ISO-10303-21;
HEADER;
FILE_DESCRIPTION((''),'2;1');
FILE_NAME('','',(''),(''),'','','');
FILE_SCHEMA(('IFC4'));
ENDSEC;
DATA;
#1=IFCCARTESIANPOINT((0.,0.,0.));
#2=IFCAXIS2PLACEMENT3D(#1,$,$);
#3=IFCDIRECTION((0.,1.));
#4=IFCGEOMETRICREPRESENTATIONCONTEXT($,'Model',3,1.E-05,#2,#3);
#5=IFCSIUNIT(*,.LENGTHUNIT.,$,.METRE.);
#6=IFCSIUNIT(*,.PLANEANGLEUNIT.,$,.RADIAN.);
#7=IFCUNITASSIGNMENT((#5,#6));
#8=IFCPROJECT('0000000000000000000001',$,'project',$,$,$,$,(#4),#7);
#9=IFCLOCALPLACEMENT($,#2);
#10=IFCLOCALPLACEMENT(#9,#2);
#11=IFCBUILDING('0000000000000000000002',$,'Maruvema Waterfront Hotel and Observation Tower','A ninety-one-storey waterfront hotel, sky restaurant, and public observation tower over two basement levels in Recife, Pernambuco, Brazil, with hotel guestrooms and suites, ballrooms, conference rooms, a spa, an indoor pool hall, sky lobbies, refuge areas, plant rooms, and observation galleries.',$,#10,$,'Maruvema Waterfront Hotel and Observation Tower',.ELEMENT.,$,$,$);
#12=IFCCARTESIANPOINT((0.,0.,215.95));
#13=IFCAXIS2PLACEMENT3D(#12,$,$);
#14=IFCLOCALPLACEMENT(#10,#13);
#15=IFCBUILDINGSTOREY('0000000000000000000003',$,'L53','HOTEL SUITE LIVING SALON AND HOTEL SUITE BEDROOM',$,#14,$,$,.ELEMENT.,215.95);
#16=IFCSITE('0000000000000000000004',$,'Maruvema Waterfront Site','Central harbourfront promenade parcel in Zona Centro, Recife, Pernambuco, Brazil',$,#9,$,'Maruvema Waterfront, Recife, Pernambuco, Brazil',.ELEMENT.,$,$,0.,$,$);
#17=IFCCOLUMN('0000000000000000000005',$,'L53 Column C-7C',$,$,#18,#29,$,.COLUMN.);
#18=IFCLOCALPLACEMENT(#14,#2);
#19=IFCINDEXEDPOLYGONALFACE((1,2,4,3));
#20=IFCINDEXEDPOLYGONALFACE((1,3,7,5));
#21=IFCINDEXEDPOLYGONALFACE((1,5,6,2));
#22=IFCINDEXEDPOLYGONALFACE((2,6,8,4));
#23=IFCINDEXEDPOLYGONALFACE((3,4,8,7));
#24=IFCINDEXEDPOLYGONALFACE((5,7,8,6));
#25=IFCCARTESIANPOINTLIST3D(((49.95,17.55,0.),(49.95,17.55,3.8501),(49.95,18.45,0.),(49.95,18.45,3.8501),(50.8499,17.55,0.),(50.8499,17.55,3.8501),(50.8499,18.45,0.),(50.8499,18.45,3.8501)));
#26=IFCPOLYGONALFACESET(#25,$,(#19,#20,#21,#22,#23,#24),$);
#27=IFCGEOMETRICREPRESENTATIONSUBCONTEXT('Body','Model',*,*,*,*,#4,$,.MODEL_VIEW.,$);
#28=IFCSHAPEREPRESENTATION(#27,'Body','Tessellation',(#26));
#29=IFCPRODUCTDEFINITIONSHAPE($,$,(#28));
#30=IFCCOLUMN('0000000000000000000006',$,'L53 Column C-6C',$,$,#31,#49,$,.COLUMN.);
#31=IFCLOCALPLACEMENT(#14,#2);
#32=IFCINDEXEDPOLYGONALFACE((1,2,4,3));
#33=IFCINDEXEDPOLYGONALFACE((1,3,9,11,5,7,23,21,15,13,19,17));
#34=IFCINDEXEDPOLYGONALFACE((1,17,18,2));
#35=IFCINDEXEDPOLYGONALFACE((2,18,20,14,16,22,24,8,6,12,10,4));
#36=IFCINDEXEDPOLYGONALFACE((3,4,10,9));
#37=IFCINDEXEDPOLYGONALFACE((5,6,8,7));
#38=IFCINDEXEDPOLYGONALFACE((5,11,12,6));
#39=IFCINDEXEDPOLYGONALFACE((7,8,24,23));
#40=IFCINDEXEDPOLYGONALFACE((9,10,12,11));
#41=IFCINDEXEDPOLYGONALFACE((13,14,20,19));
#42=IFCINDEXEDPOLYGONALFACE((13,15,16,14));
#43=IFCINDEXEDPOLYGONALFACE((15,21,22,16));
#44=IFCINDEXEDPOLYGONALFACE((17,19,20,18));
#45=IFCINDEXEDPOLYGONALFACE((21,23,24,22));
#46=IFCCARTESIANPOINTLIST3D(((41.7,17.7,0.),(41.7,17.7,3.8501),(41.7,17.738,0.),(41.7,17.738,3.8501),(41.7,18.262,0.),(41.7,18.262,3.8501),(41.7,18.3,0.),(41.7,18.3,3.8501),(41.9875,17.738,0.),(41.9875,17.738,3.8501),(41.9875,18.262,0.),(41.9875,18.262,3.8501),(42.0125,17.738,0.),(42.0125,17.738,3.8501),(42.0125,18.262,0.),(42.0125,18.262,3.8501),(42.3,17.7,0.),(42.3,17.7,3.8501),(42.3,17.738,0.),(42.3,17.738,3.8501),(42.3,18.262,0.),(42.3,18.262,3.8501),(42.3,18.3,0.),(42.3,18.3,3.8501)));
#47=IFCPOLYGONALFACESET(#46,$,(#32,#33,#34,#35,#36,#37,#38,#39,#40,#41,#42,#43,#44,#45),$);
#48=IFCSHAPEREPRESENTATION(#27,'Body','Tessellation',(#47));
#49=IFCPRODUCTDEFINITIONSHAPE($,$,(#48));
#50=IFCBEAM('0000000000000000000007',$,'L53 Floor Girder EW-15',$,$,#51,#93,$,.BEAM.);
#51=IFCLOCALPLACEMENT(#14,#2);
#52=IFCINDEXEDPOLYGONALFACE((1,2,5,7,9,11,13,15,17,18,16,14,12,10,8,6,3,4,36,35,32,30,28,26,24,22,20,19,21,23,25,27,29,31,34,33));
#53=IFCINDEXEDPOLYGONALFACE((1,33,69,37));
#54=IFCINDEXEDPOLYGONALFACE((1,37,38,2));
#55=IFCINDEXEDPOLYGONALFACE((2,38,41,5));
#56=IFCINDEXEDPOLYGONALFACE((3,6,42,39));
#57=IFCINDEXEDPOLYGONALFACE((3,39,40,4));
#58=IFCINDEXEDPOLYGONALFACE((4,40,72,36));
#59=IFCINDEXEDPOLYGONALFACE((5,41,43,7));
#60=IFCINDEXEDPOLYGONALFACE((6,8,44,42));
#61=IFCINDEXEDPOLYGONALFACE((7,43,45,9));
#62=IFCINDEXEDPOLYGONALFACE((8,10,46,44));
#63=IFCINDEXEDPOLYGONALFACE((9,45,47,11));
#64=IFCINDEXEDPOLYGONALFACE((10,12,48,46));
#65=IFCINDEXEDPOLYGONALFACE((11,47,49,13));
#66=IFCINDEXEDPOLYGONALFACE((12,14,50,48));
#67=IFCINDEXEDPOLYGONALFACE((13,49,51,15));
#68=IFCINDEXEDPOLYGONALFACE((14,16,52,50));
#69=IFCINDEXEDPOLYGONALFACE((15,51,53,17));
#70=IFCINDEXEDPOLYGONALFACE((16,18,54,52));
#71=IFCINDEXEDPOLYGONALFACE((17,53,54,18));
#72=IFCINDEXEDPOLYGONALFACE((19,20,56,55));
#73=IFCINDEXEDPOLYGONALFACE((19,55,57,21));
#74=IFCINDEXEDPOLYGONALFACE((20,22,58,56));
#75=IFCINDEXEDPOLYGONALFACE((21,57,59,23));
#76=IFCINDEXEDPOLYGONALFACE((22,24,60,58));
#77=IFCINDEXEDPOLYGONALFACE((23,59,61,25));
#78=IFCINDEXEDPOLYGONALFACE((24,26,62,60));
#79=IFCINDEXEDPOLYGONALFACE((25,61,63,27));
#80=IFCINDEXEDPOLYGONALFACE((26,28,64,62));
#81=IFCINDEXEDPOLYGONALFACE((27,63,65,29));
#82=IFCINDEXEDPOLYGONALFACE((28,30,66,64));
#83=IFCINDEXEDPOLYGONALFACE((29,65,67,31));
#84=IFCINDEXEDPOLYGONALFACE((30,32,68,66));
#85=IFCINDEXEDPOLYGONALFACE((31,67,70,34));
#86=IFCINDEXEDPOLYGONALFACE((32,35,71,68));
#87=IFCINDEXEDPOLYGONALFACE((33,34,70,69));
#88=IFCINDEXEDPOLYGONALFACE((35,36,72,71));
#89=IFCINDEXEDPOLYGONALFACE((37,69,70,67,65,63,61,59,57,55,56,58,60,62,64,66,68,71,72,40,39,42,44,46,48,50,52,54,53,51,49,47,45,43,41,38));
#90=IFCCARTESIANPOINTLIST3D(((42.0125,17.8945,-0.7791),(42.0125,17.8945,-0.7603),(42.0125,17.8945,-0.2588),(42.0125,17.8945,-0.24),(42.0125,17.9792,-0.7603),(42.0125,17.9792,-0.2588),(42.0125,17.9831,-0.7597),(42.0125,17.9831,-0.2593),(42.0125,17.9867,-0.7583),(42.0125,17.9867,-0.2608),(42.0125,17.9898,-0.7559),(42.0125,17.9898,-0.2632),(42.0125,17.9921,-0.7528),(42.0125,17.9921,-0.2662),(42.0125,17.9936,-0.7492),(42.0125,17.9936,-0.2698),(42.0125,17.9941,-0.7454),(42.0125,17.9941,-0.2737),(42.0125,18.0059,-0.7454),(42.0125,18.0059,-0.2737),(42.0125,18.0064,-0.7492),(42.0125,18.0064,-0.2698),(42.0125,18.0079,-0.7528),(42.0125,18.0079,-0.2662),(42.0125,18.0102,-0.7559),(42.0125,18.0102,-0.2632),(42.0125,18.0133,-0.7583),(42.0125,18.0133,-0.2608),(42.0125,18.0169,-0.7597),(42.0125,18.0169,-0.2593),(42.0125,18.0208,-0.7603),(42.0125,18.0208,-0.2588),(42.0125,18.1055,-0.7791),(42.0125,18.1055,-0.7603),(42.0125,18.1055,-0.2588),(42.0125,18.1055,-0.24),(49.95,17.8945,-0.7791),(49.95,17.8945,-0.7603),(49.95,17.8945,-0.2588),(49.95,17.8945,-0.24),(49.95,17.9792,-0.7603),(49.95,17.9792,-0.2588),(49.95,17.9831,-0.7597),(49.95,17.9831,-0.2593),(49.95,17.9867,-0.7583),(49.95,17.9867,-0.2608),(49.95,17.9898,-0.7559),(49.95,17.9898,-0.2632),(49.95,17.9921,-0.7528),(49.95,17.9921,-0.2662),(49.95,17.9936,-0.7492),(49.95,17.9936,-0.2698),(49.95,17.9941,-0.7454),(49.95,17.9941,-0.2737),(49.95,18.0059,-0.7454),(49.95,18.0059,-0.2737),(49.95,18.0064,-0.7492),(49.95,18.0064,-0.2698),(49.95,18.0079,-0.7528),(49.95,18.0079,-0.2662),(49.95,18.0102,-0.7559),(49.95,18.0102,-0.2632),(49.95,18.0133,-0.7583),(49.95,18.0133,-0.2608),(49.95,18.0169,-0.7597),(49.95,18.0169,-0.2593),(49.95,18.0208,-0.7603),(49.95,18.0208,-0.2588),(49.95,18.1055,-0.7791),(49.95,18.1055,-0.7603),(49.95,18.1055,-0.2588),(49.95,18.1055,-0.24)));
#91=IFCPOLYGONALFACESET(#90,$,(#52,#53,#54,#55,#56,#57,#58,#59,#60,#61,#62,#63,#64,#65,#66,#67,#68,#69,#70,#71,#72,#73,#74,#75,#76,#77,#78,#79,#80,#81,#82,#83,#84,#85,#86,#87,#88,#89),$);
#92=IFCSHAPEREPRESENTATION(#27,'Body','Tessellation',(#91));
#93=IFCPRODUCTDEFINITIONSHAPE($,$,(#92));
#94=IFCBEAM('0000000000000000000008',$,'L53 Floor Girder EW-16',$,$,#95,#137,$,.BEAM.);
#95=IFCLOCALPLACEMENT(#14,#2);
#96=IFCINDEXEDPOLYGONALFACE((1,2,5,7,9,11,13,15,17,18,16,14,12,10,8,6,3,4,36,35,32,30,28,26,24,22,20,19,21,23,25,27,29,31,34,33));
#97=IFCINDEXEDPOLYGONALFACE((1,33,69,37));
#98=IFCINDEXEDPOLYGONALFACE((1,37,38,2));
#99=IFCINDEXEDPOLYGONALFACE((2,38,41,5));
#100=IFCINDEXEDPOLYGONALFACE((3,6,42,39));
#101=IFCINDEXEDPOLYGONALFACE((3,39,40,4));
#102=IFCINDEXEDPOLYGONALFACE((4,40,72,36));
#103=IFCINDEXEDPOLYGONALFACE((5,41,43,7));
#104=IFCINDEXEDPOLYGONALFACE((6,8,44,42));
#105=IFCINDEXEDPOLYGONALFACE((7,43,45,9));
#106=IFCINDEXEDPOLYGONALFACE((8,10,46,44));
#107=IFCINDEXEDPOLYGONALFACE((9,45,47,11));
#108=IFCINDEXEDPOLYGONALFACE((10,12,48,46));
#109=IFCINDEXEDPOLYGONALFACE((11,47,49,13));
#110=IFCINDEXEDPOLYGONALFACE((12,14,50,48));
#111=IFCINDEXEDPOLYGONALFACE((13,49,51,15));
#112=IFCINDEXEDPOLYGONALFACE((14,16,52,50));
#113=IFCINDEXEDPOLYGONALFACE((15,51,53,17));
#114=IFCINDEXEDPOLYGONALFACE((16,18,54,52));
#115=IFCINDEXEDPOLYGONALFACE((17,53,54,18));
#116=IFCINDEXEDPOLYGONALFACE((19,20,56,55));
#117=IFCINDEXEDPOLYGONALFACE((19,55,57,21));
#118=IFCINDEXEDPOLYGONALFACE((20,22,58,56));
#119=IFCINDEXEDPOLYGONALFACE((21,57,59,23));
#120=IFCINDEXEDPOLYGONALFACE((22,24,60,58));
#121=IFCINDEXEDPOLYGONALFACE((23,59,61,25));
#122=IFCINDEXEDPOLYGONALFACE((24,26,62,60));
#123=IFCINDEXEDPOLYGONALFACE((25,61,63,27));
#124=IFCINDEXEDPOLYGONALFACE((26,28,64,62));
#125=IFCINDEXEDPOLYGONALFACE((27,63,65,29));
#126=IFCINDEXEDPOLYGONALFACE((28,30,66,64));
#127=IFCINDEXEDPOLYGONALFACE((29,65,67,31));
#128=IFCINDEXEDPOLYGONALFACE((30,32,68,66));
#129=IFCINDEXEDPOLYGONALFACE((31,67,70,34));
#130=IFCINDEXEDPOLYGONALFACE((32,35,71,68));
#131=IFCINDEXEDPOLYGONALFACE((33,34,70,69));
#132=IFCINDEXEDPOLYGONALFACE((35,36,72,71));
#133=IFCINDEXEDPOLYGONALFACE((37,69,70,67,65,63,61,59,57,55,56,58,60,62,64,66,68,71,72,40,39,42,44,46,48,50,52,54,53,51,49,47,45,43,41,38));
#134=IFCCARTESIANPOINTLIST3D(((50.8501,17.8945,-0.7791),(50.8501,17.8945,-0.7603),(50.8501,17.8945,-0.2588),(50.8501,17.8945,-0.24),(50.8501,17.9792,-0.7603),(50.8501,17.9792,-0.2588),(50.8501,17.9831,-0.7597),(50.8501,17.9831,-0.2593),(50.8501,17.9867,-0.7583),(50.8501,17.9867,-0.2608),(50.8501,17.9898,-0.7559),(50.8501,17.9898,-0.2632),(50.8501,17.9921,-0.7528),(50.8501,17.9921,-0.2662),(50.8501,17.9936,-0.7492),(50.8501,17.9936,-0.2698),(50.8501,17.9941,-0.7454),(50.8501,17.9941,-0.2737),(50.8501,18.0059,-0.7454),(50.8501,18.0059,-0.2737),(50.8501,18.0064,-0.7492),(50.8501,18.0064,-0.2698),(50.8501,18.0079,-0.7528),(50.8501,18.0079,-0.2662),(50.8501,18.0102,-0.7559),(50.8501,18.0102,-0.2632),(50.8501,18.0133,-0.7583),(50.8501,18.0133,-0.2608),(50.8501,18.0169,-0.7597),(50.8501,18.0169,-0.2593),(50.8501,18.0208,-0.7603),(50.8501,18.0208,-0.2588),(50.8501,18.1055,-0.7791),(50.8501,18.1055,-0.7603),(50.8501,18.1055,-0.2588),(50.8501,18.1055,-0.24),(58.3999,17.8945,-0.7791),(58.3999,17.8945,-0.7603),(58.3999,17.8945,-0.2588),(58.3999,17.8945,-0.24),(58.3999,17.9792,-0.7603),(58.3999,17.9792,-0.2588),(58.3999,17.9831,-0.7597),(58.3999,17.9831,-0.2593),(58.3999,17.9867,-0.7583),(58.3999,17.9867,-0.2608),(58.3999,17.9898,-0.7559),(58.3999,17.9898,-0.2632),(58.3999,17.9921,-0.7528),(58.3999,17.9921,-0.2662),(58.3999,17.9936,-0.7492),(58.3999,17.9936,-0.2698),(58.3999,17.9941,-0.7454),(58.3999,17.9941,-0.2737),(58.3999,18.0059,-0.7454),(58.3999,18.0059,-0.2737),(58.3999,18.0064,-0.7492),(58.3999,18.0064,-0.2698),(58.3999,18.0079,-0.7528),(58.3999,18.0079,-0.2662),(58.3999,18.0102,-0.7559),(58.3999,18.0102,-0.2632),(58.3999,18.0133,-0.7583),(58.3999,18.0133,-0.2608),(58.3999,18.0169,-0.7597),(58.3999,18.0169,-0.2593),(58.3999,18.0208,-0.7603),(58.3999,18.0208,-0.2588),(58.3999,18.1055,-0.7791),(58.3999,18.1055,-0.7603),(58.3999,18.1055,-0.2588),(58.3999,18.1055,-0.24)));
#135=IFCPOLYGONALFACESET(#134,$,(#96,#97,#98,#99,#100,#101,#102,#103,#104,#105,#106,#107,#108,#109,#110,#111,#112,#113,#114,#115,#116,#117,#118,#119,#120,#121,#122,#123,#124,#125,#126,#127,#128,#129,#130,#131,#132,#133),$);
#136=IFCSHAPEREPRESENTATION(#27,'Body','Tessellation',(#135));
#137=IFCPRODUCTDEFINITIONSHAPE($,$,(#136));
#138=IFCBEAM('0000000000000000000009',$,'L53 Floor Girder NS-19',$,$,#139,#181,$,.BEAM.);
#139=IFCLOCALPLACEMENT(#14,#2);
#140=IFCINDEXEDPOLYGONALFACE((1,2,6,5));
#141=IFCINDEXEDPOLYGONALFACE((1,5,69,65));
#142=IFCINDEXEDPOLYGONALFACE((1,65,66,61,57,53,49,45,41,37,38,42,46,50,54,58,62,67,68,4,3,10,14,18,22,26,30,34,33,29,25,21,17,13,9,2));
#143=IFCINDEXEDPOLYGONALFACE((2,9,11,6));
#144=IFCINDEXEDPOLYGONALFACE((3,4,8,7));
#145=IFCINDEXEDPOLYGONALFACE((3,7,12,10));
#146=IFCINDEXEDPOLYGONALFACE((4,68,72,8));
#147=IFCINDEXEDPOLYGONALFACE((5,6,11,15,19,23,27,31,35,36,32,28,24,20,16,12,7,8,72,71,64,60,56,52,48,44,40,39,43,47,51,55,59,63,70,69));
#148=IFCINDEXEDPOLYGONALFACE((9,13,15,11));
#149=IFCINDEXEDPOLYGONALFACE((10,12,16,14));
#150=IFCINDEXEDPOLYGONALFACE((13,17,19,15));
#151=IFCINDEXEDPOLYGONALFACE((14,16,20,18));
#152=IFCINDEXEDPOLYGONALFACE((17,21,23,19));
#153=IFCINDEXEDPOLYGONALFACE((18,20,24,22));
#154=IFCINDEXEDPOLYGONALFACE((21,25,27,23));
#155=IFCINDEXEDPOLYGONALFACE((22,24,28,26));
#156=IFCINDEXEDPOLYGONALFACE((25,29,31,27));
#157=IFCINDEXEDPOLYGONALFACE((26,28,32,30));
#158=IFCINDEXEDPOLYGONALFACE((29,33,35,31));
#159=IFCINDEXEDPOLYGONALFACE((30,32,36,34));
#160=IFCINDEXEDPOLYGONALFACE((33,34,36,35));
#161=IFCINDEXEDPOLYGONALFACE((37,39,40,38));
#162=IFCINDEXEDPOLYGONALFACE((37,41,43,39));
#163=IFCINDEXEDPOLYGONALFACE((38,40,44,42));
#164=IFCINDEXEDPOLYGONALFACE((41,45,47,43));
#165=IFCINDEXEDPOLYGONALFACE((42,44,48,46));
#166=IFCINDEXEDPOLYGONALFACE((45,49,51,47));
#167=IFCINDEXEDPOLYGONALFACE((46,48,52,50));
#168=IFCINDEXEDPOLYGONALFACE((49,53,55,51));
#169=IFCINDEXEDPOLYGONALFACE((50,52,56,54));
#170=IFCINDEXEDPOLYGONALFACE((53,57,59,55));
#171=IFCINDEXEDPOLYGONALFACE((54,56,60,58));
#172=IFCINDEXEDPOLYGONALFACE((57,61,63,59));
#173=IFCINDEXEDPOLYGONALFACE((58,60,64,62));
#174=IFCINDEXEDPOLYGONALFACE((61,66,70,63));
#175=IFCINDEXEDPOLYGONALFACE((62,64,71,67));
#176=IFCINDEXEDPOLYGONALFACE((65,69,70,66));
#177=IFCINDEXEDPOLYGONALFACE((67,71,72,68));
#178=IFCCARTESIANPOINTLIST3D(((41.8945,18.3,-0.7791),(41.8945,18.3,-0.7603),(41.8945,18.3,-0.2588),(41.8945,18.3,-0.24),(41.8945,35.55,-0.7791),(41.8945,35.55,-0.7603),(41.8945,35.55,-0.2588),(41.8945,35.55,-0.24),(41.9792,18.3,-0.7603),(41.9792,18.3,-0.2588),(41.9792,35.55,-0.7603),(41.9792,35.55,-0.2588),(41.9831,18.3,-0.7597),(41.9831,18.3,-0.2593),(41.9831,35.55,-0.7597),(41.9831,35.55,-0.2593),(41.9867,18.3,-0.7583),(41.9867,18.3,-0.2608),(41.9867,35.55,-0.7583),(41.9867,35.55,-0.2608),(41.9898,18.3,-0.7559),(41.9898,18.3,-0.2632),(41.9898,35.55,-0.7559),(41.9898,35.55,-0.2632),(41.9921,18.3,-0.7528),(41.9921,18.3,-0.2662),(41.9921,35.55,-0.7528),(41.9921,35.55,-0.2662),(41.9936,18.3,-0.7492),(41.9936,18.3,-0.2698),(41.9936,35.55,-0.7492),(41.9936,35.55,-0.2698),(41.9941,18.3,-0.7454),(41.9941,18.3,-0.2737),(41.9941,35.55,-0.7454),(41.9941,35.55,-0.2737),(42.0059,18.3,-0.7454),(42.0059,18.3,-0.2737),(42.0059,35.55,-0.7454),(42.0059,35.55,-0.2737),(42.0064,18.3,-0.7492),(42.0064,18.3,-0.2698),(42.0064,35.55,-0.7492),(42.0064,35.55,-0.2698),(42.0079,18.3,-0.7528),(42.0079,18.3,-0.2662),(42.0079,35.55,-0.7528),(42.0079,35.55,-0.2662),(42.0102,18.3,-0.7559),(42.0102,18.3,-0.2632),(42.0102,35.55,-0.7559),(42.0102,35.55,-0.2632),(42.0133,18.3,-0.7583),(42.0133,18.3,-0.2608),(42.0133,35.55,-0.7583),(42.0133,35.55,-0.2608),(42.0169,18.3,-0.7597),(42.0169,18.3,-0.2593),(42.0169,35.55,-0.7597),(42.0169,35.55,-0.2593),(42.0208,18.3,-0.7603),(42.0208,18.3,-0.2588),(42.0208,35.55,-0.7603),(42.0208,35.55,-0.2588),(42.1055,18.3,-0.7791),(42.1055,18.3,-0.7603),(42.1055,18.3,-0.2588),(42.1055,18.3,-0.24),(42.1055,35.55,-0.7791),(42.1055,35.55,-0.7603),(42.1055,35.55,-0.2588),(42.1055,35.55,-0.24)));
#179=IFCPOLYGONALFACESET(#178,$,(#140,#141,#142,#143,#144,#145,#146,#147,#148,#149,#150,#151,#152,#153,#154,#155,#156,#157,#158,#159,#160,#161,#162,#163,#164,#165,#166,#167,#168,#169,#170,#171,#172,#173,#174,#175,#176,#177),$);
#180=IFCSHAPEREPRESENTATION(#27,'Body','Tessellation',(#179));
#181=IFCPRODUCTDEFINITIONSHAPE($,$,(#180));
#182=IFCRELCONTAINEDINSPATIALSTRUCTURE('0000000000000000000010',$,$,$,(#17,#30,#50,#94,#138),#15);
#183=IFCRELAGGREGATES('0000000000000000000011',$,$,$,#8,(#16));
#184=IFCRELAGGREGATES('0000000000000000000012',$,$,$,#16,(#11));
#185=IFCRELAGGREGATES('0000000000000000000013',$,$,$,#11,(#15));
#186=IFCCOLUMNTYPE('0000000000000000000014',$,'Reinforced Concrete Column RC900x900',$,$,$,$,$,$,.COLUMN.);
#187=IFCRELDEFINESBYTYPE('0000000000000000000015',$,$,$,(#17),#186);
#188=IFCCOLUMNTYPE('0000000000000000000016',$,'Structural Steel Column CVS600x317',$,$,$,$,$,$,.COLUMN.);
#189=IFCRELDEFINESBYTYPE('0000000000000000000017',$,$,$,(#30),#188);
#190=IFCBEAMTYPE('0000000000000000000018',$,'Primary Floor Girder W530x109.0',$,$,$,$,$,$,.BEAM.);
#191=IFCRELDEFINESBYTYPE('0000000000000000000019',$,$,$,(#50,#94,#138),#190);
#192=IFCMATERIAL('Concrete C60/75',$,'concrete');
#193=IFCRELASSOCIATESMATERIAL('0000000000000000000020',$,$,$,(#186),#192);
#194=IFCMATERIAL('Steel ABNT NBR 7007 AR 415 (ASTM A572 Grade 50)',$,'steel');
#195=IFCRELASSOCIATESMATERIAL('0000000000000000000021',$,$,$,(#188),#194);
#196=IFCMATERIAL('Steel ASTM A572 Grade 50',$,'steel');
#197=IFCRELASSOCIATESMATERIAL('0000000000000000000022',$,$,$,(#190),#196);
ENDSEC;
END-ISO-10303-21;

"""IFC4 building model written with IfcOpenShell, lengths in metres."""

from ifc_helpers import new_model, si_unit, direction, frame, origin, origin_2d, place, context, subcontext, project, spatial, rectangle, i_section, extrude, material, material_profile, profile_set, type_object, element, save


model = new_model("IFC4")

# Units and contexts
model_context = context("Model", 3, precision=1e-05, world=origin(), true_north=direction((0.0, 1.0)))
body_context = subcontext(model_context, "Body", "Model", "MODEL_VIEW")
ifc_project = project(units=[si_unit("LENGTHUNIT", "METRE"), si_unit("PLANEANGLEUNIT", "RADIAN")], contexts=[model_context])

# Site, building, storey
site_placement = place(None, origin())
site = spatial("IfcSite", under=ifc_project, at=site_placement, Name="Maruvema Waterfront Site", Description="Central harbourfront promenade parcel in Zona Centro, Recife, Pernambuco, Brazil", LongName="Maruvema Waterfront, Recife, Pernambuco, Brazil", CompositionType="ELEMENT", RefElevation=0.0)
building_placement = place(site_placement, origin())
building = spatial("IfcBuilding", under=site, at=building_placement, Name="Maruvema Waterfront Hotel and Observation Tower", Description="A ninety-one-storey waterfront hotel, sky restaurant, and public observation tower over two basement levels in Recife, Pernambuco, Brazil, with hotel guestrooms and suites, ballrooms, conference rooms, a spa, an indoor pool hall, sky lobbies, refuge areas, plant rooms, and observation galleries.", LongName="Maruvema Waterfront Hotel and Observation Tower", CompositionType="ELEMENT")
storey_placement = place(building_placement, frame((0.0, 0.0, 215.95)))
storey = spatial("IfcBuildingStorey", under=building, at=storey_placement, Name="L53", Description="HOTEL SUITE LIVING SALON AND HOTEL SUITE BEDROOM", CompositionType="ELEMENT", Elevation=215.95)

# Columns
ifc_material_1 = material(Name="Concrete C60/75", Category="concrete")
ifc_material_profile_1 = material_profile(ifc_material_1, rectangle(XDim=0.8999, YDim=0.8999, at=origin_2d()), Name="RC900x900")
ifc_profile_set_1 = profile_set([ifc_material_profile_1], Name="Concrete C60/75")
column_type_1 = type_object("IfcColumnType", Name="Reinforced Concrete Column RC900x900", PredefinedType="COLUMN", material=ifc_profile_set_1)
column_1_placement = place(storey_placement, frame((50.3999, 18.0, 0.0), z_axis=(0.0, 0.0, 1.0), x_axis=(1.0, 0.0, 0.0)))
element("IfcColumn", 1, at=column_1_placement, inside=storey, type_object=column_type_1, Name="L53 Column C-7C", PredefinedType="COLUMN", context=body_context, shape_type="SweptSolid", body=[
    extrude(rectangle(XDim=0.8999, YDim=0.8999, at=origin_2d()), origin(), (0.0, 0.0, 1.0), 3.8501),
])
ifc_material_2 = material(Name="Steel ABNT NBR 7007 AR 415 (ASTM A572 Grade 50)", Category="steel")
ifc_material_profile_2 = material_profile(ifc_material_2, i_section(OverallWidth=0.6001, OverallDepth=0.6001, WebThickness=0.0249, FlangeThickness=0.0381, at=origin_2d()), Name="CVS600x317")
ifc_profile_set_2 = profile_set([ifc_material_profile_2], Name="Steel ABNT NBR 7007 AR 415 (ASTM A572 Grade 50)")
column_type_2 = type_object("IfcColumnType", Name="Structural Steel Column CVS600x317", PredefinedType="COLUMN", material=ifc_profile_set_2)
column_2_placement = place(storey_placement, frame((42.0, 18.0, 0.0), z_axis=(0.0, 0.0, 1.0), x_axis=(1.0, 0.0, 0.0)))
element("IfcColumn", 2, at=column_2_placement, inside=storey, type_object=column_type_2, Name="L53 Column C-6C", PredefinedType="COLUMN", context=body_context, shape_type="SweptSolid", body=[
    extrude(i_section(OverallWidth=0.6001, OverallDepth=0.6001, WebThickness=0.0249, FlangeThickness=0.0381, at=origin_2d()), origin(), (0.0, 0.0, 1.0), 3.8501),
])

# Beams
ifc_material_3 = material(Name="Steel ASTM A572 Grade 50", Category="steel")
ifc_material_profile_3 = material_profile(ifc_material_3, i_section(OverallWidth=0.2109, OverallDepth=0.5391, WebThickness=0.0117, FlangeThickness=0.0188, FilletRadius=0.0149, at=origin_2d()), Name="W530x109.0")
ifc_profile_set_3 = profile_set([ifc_material_profile_3], Name="Steel ASTM A572 Grade 50")
beam_type = type_object("IfcBeamType", Name="Primary Floor Girder W530x109.0", PredefinedType="BEAM", material=ifc_profile_set_3)
beam_1_placement = place(storey_placement, frame((42.0125, 18.0, -0.5095), z_axis=(1.0, 0.0, 0.0), x_axis=(0.0, 1.0, 0.0)))
element("IfcBeam", 3, at=beam_1_placement, inside=storey, type_object=beam_type, Name="L53 Floor Girder EW-15", PredefinedType="BEAM", context=body_context, shape_type="SweptSolid", body=[
    extrude(i_section(OverallWidth=0.2109, OverallDepth=0.5391, WebThickness=0.0117, FlangeThickness=0.0188, FilletRadius=0.0149, at=origin_2d()), origin(), (0.0, 0.0, 1.0), 7.9375),
])
beam_2_placement = place(storey_placement, frame((50.8501, 18.0, -0.5095), z_axis=(1.0, 0.0, 0.0), x_axis=(0.0, 1.0, 0.0)))
element("IfcBeam", 4, at=beam_2_placement, inside=storey, type_object=beam_type, Name="L53 Floor Girder EW-16", PredefinedType="BEAM", context=body_context, shape_type="SweptSolid", body=[
    extrude(i_section(OverallWidth=0.2109, OverallDepth=0.5391, WebThickness=0.0117, FlangeThickness=0.0188, FilletRadius=0.0149, at=origin_2d()), origin(), (0.0, 0.0, 1.0), 7.5498),
])
beam_3_placement = place(storey_placement, frame((42.0, 18.3, -0.5095), z_axis=(0.0, 1.0, 0.0), x_axis=(-1.0, 0.0, 0.0)))
element("IfcBeam", 5, at=beam_3_placement, inside=storey, type_object=beam_type, Name="L53 Floor Girder NS-19", PredefinedType="BEAM", context=body_context, shape_type="SweptSolid", body=[
    extrude(i_section(OverallWidth=0.2109, OverallDepth=0.5391, WebThickness=0.0117, FlangeThickness=0.0188, FilletRadius=0.0149, at=origin_2d()), origin(), (0.0, 0.0, 1.0), 17.25),
])

save(model, "model.ifc")
